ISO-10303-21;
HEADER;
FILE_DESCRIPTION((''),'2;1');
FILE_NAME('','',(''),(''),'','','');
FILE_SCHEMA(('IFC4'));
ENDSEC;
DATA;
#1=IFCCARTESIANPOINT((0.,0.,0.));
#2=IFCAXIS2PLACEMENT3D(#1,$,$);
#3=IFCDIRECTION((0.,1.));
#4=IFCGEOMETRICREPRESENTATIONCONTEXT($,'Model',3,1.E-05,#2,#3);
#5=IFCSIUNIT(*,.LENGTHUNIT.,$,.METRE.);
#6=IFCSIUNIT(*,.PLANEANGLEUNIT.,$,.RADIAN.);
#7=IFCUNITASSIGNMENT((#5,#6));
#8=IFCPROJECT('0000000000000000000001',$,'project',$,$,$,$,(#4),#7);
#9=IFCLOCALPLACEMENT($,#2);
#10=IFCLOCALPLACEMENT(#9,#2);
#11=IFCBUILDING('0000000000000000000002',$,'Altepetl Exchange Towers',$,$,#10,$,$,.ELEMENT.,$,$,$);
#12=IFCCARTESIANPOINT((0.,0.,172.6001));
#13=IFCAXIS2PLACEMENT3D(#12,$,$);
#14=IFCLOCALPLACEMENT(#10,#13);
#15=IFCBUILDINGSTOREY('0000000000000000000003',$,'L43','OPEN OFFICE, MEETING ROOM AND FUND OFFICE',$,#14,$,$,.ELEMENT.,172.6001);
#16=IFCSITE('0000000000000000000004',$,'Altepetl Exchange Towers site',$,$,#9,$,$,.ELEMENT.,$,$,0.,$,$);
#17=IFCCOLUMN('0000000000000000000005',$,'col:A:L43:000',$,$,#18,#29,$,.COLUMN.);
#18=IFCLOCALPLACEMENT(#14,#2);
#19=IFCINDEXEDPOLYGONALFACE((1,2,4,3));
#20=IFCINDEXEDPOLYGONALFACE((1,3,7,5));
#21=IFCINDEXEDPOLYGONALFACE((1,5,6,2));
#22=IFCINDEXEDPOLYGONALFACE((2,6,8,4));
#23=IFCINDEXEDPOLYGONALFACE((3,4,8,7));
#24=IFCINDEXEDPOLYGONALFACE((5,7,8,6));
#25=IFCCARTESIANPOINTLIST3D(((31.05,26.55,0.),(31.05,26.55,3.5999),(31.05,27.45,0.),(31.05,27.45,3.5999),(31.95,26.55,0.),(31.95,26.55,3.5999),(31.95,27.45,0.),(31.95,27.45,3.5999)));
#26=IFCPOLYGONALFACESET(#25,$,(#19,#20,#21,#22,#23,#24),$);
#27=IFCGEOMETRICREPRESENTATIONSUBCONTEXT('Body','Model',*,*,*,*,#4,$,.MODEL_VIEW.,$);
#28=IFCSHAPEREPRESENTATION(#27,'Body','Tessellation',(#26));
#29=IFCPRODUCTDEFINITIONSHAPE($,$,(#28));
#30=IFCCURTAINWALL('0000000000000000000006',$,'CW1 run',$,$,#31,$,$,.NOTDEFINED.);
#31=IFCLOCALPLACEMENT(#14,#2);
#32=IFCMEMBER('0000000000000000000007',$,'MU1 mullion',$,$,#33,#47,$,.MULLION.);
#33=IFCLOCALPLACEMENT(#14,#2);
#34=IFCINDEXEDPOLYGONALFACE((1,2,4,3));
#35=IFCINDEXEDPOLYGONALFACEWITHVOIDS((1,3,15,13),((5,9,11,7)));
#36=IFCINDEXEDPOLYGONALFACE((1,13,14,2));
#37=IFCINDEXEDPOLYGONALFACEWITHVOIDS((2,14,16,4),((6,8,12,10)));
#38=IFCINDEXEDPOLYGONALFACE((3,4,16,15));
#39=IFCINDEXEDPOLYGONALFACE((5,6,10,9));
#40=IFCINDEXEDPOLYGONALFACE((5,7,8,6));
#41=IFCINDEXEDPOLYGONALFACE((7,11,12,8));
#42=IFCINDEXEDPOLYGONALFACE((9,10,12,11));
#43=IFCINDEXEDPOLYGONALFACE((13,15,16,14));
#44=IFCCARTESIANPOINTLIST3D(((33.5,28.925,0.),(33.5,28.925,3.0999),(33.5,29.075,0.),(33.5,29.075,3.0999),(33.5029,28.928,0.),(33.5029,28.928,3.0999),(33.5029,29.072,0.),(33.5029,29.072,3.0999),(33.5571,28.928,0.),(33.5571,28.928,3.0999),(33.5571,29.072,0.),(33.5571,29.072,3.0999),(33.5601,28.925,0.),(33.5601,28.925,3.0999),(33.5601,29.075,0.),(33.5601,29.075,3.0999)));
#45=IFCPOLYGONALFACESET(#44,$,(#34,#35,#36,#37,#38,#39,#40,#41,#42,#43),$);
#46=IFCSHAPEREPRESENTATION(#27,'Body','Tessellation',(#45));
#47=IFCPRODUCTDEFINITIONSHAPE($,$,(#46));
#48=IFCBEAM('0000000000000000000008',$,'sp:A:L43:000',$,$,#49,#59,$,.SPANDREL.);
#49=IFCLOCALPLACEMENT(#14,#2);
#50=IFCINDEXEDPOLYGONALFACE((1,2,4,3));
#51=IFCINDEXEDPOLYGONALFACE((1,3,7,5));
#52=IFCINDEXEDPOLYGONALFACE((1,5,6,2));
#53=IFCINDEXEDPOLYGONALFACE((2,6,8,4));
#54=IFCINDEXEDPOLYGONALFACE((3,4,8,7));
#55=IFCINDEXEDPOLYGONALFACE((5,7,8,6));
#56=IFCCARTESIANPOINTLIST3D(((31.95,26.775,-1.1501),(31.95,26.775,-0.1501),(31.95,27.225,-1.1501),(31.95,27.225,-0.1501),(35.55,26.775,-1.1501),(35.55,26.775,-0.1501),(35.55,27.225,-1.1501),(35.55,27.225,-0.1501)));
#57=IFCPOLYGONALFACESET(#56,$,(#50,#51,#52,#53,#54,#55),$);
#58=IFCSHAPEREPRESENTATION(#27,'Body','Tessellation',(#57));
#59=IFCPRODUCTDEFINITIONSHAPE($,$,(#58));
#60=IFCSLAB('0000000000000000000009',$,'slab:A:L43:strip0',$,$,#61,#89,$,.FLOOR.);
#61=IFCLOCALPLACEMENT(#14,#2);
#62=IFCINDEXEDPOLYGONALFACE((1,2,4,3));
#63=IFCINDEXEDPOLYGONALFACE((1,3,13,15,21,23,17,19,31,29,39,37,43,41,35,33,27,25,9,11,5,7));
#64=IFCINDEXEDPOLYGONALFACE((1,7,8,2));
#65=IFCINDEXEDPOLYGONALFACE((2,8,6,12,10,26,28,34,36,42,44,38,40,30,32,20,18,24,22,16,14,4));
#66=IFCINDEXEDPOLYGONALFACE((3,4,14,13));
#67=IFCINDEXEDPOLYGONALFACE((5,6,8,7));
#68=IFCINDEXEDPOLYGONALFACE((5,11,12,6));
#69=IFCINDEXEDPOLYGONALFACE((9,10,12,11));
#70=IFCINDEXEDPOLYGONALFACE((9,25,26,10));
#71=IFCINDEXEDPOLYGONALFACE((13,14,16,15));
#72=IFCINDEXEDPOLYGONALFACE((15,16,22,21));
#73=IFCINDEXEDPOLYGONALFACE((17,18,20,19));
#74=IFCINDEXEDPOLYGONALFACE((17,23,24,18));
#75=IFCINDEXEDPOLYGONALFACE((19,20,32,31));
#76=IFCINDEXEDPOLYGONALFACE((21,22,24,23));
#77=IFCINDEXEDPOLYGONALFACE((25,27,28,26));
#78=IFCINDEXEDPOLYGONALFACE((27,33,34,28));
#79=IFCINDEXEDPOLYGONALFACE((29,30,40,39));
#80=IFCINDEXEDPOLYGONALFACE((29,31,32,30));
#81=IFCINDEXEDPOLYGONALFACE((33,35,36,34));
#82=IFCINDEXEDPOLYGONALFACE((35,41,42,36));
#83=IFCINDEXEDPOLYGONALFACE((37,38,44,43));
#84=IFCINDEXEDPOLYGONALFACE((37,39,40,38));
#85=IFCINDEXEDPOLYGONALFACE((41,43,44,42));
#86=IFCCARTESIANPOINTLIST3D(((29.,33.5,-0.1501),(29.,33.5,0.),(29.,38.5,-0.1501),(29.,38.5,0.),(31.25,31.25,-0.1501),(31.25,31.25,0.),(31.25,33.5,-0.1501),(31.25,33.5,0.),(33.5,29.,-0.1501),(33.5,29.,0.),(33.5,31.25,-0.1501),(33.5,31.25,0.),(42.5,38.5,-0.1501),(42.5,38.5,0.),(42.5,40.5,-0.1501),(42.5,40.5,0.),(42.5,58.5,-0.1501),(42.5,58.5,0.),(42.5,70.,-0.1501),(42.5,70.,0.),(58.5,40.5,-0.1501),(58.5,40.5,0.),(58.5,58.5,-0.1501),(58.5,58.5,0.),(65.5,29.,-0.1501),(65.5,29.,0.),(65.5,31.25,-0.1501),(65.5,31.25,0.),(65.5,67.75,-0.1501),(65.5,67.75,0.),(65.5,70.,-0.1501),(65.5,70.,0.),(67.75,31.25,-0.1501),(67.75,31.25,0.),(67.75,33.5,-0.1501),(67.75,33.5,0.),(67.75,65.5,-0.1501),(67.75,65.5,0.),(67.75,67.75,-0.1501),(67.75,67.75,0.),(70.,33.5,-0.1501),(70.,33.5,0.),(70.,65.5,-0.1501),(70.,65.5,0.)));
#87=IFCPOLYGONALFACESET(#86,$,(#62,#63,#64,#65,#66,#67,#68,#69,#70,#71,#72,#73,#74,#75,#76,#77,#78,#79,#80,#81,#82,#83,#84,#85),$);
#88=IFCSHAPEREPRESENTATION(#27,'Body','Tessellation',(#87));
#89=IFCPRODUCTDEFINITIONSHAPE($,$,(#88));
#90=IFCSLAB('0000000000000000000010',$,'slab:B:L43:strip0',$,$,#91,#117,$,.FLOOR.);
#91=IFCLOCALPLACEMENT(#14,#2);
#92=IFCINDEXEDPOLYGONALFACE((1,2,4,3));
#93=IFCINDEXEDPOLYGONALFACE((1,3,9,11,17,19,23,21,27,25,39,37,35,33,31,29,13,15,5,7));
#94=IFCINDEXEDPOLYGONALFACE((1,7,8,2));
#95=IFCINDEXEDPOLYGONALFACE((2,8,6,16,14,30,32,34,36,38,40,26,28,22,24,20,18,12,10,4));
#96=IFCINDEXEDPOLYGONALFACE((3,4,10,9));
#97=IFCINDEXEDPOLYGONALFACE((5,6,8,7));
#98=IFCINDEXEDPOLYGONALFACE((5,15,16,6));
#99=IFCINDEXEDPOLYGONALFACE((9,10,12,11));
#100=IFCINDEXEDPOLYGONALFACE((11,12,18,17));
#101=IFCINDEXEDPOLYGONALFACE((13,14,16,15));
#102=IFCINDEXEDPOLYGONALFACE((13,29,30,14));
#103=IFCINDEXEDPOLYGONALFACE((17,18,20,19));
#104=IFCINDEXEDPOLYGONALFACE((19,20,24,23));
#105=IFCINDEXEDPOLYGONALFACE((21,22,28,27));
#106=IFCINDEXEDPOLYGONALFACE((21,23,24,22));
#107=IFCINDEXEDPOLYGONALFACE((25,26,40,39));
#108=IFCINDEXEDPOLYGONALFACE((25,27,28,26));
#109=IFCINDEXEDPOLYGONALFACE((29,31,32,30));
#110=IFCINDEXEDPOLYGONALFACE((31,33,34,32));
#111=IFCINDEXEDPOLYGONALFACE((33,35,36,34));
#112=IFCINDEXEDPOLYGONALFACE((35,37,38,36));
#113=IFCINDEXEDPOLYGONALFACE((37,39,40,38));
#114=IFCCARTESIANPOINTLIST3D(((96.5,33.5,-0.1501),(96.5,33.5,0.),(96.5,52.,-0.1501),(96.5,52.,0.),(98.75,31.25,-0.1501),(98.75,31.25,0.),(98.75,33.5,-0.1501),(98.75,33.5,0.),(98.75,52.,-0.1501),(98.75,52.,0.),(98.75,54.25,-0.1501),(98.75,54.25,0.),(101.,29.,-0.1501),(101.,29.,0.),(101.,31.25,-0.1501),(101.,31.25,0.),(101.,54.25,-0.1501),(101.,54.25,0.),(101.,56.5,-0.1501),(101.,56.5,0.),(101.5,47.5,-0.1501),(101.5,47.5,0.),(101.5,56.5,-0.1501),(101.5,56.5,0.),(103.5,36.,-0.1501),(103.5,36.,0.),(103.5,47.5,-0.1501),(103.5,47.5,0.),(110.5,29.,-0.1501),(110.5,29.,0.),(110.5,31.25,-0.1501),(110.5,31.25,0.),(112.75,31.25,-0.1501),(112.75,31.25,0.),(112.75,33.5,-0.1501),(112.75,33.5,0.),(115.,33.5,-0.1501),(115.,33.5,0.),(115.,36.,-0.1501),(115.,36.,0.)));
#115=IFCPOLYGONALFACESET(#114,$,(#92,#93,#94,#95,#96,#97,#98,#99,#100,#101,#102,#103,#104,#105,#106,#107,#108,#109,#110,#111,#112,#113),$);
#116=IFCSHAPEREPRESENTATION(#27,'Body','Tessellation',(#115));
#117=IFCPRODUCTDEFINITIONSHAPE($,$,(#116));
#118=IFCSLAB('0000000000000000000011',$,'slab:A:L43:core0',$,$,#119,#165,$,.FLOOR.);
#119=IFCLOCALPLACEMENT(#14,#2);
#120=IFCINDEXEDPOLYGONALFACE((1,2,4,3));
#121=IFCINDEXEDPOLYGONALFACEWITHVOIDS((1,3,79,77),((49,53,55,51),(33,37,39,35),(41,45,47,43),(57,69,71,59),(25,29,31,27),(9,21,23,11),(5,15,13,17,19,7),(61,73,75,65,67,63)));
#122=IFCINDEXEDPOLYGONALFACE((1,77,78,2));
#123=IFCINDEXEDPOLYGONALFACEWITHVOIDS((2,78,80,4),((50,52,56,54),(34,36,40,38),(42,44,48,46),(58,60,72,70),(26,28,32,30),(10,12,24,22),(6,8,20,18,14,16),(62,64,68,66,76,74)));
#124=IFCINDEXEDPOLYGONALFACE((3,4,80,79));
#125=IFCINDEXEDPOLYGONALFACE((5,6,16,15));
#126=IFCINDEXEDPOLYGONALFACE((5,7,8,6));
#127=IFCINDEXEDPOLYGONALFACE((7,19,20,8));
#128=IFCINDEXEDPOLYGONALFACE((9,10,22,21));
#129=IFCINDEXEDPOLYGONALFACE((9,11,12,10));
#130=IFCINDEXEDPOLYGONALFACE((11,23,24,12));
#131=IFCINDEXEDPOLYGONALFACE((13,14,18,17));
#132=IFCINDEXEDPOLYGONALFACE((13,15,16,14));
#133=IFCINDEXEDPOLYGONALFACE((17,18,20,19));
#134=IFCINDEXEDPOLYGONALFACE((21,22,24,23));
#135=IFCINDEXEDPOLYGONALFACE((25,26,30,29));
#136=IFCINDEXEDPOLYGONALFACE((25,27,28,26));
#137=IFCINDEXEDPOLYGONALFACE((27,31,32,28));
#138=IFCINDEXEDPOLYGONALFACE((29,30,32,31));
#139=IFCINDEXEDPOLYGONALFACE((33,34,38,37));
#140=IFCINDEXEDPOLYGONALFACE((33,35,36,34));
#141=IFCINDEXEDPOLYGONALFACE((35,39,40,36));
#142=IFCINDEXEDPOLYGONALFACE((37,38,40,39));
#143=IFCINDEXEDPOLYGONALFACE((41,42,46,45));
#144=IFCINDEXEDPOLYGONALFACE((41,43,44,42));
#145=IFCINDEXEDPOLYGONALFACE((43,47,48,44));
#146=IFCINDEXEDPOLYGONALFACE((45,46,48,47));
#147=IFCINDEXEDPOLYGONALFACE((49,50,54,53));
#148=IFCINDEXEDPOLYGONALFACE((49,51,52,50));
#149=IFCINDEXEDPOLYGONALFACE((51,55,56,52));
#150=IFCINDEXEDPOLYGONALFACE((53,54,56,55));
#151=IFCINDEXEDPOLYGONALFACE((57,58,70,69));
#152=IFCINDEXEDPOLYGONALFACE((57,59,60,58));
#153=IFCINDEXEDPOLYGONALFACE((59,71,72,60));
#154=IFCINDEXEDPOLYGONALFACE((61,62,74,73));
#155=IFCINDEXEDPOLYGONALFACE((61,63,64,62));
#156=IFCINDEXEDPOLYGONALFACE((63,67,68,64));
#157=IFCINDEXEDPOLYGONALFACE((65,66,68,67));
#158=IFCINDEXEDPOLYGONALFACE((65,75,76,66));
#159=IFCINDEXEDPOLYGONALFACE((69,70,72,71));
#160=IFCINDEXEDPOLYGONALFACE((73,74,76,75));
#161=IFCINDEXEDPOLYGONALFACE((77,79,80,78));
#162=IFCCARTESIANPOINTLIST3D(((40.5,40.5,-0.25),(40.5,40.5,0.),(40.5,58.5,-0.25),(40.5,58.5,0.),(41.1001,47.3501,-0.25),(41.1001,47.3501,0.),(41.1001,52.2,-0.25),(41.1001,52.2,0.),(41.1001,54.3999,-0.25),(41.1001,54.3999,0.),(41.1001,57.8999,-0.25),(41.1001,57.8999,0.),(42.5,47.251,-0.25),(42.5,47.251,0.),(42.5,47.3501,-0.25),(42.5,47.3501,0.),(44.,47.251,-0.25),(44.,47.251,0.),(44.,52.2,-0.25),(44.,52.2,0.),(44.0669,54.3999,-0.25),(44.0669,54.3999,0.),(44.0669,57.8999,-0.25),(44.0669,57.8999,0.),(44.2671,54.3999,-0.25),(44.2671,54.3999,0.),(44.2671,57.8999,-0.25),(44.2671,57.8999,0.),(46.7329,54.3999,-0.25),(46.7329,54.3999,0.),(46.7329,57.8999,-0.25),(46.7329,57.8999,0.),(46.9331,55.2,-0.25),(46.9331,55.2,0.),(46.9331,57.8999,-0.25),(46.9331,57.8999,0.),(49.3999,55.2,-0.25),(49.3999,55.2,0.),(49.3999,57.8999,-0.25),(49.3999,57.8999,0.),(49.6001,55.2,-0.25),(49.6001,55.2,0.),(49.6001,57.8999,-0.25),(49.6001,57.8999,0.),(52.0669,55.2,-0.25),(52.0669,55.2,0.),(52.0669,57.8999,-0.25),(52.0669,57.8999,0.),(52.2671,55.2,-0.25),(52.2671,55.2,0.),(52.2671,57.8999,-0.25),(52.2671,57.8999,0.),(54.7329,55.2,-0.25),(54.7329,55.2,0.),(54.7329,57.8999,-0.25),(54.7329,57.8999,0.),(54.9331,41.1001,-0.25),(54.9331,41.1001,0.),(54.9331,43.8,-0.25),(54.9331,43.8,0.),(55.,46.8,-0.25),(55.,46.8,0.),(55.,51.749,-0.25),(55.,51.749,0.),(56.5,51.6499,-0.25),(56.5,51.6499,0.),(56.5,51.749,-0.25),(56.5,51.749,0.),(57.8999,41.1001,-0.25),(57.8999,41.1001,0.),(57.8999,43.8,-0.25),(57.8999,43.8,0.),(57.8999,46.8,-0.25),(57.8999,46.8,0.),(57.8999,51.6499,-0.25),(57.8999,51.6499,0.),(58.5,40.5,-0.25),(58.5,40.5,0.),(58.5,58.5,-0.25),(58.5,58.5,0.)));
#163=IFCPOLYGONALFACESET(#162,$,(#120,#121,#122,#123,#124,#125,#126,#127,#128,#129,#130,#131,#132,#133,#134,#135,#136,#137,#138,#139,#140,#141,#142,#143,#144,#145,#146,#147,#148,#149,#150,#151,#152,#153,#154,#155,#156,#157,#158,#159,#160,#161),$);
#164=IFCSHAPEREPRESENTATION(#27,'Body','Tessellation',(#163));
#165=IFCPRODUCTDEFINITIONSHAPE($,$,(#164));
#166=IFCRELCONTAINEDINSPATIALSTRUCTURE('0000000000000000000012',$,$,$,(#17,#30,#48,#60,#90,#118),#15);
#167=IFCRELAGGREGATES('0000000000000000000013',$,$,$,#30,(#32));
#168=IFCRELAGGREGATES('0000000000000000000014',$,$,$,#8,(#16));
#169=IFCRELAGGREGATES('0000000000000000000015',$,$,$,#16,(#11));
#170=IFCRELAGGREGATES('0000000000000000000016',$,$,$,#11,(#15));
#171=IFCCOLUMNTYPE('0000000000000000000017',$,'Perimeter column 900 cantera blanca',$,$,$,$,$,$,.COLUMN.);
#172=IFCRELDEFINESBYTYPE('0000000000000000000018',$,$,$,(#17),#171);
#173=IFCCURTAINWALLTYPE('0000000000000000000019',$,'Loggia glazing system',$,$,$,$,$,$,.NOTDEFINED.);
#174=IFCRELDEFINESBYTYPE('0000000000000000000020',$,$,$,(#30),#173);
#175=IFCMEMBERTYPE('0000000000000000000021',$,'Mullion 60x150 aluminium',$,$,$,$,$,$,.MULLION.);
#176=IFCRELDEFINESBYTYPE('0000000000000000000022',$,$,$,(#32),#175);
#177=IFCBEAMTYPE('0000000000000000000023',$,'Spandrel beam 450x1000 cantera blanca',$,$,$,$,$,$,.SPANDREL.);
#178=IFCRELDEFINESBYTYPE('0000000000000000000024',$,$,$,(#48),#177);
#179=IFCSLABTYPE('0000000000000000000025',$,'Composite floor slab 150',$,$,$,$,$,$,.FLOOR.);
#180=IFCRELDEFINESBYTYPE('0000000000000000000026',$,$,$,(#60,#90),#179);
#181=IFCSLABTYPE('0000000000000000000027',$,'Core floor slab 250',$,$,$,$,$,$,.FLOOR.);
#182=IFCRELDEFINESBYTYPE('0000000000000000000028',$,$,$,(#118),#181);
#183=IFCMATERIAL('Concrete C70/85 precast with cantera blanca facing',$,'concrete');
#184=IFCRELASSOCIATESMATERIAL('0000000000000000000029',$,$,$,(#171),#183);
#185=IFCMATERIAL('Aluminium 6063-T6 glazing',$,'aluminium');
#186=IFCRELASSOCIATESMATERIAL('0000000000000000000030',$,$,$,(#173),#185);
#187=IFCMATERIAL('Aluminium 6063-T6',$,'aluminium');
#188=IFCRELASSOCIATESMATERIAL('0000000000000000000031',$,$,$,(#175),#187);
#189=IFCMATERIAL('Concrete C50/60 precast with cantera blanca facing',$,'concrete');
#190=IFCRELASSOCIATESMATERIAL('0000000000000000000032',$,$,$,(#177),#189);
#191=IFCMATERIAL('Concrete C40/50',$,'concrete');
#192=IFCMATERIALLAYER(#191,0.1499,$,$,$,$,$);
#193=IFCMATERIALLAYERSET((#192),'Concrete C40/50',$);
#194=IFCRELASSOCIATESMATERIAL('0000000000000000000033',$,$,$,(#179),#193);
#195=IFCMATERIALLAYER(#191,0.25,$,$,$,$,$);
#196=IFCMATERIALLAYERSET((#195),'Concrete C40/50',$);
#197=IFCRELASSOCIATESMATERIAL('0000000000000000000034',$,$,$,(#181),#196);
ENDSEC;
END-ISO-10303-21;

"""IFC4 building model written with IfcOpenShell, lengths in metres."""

from ifc_helpers import new_model, si_unit, direction, frame, origin, origin_2d, place, context, subcontext, project, spatial, polyline, rectangle, hollow_rectangle, outline, extrude, material, layer, layer_set, material_profile, profile_set, type_object, element, aggregate, save


model = new_model("IFC4")

# Units and contexts
model_context = context("Model", 3, precision=1e-05, world=origin(), true_north=direction((0.0, 1.0)))
body_context = subcontext(model_context, "Body", "Model", "MODEL_VIEW")
ifc_project = project(units=[si_unit("LENGTHUNIT", "METRE"), si_unit("PLANEANGLEUNIT", "RADIAN")], contexts=[model_context])

# Site, building, storey
site_placement = place(None, origin())
site = spatial("IfcSite", under=ifc_project, at=site_placement, Name="Altepetl Exchange Towers site", CompositionType="ELEMENT", RefElevation=0.0)
building_placement = place(site_placement, origin())
building = spatial("IfcBuilding", under=site, at=building_placement, Name="Altepetl Exchange Towers", CompositionType="ELEMENT")
storey_placement = place(building_placement, frame((0.0, 0.0, 172.6001)))
storey = spatial("IfcBuildingStorey", under=building, at=storey_placement, Name="L43", Description="OPEN OFFICE, MEETING ROOM AND FUND OFFICE", CompositionType="ELEMENT", Elevation=172.6001)

# Column
ifc_material_1 = material(Name="Concrete C70/85 precast with cantera blanca facing", Category="concrete")
ifc_material_profile_1 = material_profile(ifc_material_1, rectangle(XDim=0.8999, YDim=0.8999, at=origin_2d()), Name="900 x 900")
ifc_profile_set_1 = profile_set([ifc_material_profile_1], Name="Concrete C70/85 precast with cantera blanca facing")
column_type = type_object("IfcColumnType", Name="Perimeter column 900 cantera blanca", PredefinedType="COLUMN", material=ifc_profile_set_1)
column_placement = place(storey_placement, frame((31.5, 27.0, 0.0)))
element("IfcColumn", 1, at=column_placement, inside=storey, type_object=column_type, Name="col:A:L43:000", PredefinedType="COLUMN", context=body_context, shape_type="SweptSolid", body=[
    extrude(rectangle(XDim=0.8999, YDim=0.8999, at=origin_2d()), origin(), (0.0, 0.0, 1.0), 3.5999),
])

# Curtain wall, member
ifc_material_2 = material(Name="Aluminium 6063-T6 glazing", Category="aluminium")
curtain_wall_type = type_object("IfcCurtainWallType", Name="Loggia glazing system", PredefinedType="NOTDEFINED", material=ifc_material_2)
curtain_wall_placement = place(storey_placement, origin())
curtain_wall = element("IfcCurtainWall", 2, at=curtain_wall_placement, inside=storey, type_object=curtain_wall_type, Name="CW1 run", PredefinedType="NOTDEFINED")
ifc_material_3 = material(Name="Aluminium 6063-T6", Category="aluminium")
ifc_material_profile_2 = material_profile(ifc_material_3, hollow_rectangle(XDim=0.0601, YDim=0.1499, WallThickness=0.0029, at=origin_2d()), Name="Mullion 60x150 aluminium")
ifc_profile_set_2 = profile_set([ifc_material_profile_2], Name="Aluminium 6063-T6")
member_type = type_object("IfcMemberType", Name="Mullion 60x150 aluminium", PredefinedType="MULLION", material=ifc_profile_set_2)
member_placement = place(storey_placement, frame((33.53, 29.0, 0.0)))
member = element("IfcMember", 3, at=member_placement, type_object=member_type, Name="MU1 mullion", PredefinedType="MULLION", context=body_context, shape_type="SweptSolid", body=[
    extrude(hollow_rectangle(XDim=0.0601, YDim=0.1499, WallThickness=0.0029, at=origin_2d()), origin(), (0.0, 0.0, 1.0), 3.0999),
])
aggregate(curtain_wall, [member])

# Beam
ifc_material_4 = material(Name="Concrete C50/60 precast with cantera blanca facing", Category="concrete")
ifc_material_profile_3 = material_profile(ifc_material_4, rectangle(XDim=0.45, YDim=1.0, at=origin_2d()), Name="450 x 1000")
ifc_profile_set_3 = profile_set([ifc_material_profile_3], Name="Concrete C50/60 precast with cantera blanca facing")
beam_type = type_object("IfcBeamType", Name="Spandrel beam 450x1000 cantera blanca", PredefinedType="SPANDREL", material=ifc_profile_set_3)
beam_placement = place(storey_placement, frame((31.95, 27.0, -0.6501), z_axis=(1.0, 0.0, 0.0), x_axis=(0.0, 1.0, 0.0)))
element("IfcBeam", 4, at=beam_placement, inside=storey, type_object=beam_type, Name="sp:A:L43:000", PredefinedType="SPANDREL", context=body_context, shape_type="SweptSolid", body=[
    extrude(rectangle(XDim=0.45, YDim=1.0, at=origin_2d()), origin(), (0.0, 0.0, 1.0), 3.6001),
])

# Slabs
ifc_material_5 = material(Name="Concrete C40/50", Category="concrete")
ifc_layer_1 = layer(ifc_material_5, 0.1499)
ifc_layer_set_1 = layer_set([ifc_layer_1], Name="Concrete C40/50")
slab_type_1 = type_object("IfcSlabType", Name="Composite floor slab 150", PredefinedType="FLOOR", material=ifc_layer_set_1)
slab_1_placement = place(storey_placement, frame((0.0, 0.0, -0.1501)))
element("IfcSlab", 5, at=slab_1_placement, inside=storey, type_object=slab_type_1, Name="slab:A:L43:strip0", PredefinedType="FLOOR", context=body_context, shape_type="SweptSolid", body=[
    extrude(outline(polyline([(42.5, 70.0), (42.5, 58.5), (58.5, 58.5), (58.5, 40.5), (42.5, 40.5), (42.5, 38.5), (29.0, 38.5), (29.0, 33.5), (31.25, 33.5), (31.25, 31.25), (33.5, 31.25), (33.5, 29.0), (65.5, 29.0), (65.5, 31.25), (67.75, 31.25), (67.75, 33.5), (70.0, 33.5), (70.0, 65.5), (67.75, 65.5), (67.75, 67.75), (65.5, 67.75), (65.5, 70.0), (42.5, 70.0)])), origin(), (0.0, 0.0, 1.0), 0.1501),
])
slab_2_placement = place(storey_placement, frame((0.0, 0.0, -0.1501)))
element("IfcSlab", 6, at=slab_2_placement, inside=storey, type_object=slab_type_1, Name="slab:B:L43:strip0", PredefinedType="FLOOR", context=body_context, shape_type="SweptSolid", body=[
    extrude(outline(polyline([(98.75, 31.25), (101.0, 31.25), (101.0, 29.0), (110.5, 29.0), (110.5, 31.25), (112.75, 31.25), (112.75, 33.5), (115.0, 33.5), (115.0, 36.0), (103.5, 36.0), (103.5, 47.5), (101.5, 47.5), (101.5, 56.5), (101.0, 56.5), (101.0, 54.25), (98.75, 54.25), (98.75, 52.0), (96.5, 52.0), (96.5, 33.5), (98.75, 33.5), (98.75, 31.25)])), origin(), (0.0, 0.0, 1.0), 0.1501),
])
ifc_layer_2 = layer(ifc_material_5, 0.25)
ifc_layer_set_2 = layer_set([ifc_layer_2], Name="Concrete C40/50")
slab_type_2 = type_object("IfcSlabType", Name="Core floor slab 250", PredefinedType="FLOOR", material=ifc_layer_set_2)
slab_3_placement = place(storey_placement, frame((0.0, 0.0, -0.25)))
element("IfcSlab", 7, at=slab_3_placement, inside=storey, type_object=slab_type_2, Name="slab:A:L43:core0", PredefinedType="FLOOR", context=body_context, shape_type="SweptSolid", body=[
    extrude(outline(polyline([(40.5, 40.5), (58.5, 40.5), (58.5, 58.5), (40.5, 58.5), (40.5, 40.5)]), holes=[polyline([(54.9331, 43.8), (57.8999, 43.8), (57.8999, 41.1001), (54.9331, 41.1001), (54.9331, 43.8)]), polyline([(55.0, 51.749), (56.5, 51.749), (56.5, 51.6499), (57.8999, 51.6499), (57.8999, 46.8), (55.0, 46.8), (55.0, 51.749)]), polyline([(44.0, 47.251), (42.5, 47.251), (42.5, 47.3501), (41.1001, 47.3501), (41.1001, 52.2), (44.0, 52.2), (44.0, 47.251)]), polyline([(41.1001, 57.8999), (44.0669, 57.8999), (44.0669, 54.3999), (41.1001, 54.3999), (41.1001, 57.8999)]), polyline([(44.2671, 57.8999), (46.7329, 57.8999), (46.7329, 54.3999), (44.2671, 54.3999), (44.2671, 57.8999)]), polyline([(46.9331, 57.8999), (49.3999, 57.8999), (49.3999, 55.2), (46.9331, 55.2), (46.9331, 57.8999)]), polyline([(49.6001, 57.8999), (52.0669, 57.8999), (52.0669, 55.2), (49.6001, 55.2), (49.6001, 57.8999)]), polyline([(52.2671, 57.8999), (54.7329, 57.8999), (54.7329, 55.2), (52.2671, 55.2), (52.2671, 57.8999)])]), origin(), (0.0, 0.0, 1.0), 0.25),
])

save(model, "model.ifc")
